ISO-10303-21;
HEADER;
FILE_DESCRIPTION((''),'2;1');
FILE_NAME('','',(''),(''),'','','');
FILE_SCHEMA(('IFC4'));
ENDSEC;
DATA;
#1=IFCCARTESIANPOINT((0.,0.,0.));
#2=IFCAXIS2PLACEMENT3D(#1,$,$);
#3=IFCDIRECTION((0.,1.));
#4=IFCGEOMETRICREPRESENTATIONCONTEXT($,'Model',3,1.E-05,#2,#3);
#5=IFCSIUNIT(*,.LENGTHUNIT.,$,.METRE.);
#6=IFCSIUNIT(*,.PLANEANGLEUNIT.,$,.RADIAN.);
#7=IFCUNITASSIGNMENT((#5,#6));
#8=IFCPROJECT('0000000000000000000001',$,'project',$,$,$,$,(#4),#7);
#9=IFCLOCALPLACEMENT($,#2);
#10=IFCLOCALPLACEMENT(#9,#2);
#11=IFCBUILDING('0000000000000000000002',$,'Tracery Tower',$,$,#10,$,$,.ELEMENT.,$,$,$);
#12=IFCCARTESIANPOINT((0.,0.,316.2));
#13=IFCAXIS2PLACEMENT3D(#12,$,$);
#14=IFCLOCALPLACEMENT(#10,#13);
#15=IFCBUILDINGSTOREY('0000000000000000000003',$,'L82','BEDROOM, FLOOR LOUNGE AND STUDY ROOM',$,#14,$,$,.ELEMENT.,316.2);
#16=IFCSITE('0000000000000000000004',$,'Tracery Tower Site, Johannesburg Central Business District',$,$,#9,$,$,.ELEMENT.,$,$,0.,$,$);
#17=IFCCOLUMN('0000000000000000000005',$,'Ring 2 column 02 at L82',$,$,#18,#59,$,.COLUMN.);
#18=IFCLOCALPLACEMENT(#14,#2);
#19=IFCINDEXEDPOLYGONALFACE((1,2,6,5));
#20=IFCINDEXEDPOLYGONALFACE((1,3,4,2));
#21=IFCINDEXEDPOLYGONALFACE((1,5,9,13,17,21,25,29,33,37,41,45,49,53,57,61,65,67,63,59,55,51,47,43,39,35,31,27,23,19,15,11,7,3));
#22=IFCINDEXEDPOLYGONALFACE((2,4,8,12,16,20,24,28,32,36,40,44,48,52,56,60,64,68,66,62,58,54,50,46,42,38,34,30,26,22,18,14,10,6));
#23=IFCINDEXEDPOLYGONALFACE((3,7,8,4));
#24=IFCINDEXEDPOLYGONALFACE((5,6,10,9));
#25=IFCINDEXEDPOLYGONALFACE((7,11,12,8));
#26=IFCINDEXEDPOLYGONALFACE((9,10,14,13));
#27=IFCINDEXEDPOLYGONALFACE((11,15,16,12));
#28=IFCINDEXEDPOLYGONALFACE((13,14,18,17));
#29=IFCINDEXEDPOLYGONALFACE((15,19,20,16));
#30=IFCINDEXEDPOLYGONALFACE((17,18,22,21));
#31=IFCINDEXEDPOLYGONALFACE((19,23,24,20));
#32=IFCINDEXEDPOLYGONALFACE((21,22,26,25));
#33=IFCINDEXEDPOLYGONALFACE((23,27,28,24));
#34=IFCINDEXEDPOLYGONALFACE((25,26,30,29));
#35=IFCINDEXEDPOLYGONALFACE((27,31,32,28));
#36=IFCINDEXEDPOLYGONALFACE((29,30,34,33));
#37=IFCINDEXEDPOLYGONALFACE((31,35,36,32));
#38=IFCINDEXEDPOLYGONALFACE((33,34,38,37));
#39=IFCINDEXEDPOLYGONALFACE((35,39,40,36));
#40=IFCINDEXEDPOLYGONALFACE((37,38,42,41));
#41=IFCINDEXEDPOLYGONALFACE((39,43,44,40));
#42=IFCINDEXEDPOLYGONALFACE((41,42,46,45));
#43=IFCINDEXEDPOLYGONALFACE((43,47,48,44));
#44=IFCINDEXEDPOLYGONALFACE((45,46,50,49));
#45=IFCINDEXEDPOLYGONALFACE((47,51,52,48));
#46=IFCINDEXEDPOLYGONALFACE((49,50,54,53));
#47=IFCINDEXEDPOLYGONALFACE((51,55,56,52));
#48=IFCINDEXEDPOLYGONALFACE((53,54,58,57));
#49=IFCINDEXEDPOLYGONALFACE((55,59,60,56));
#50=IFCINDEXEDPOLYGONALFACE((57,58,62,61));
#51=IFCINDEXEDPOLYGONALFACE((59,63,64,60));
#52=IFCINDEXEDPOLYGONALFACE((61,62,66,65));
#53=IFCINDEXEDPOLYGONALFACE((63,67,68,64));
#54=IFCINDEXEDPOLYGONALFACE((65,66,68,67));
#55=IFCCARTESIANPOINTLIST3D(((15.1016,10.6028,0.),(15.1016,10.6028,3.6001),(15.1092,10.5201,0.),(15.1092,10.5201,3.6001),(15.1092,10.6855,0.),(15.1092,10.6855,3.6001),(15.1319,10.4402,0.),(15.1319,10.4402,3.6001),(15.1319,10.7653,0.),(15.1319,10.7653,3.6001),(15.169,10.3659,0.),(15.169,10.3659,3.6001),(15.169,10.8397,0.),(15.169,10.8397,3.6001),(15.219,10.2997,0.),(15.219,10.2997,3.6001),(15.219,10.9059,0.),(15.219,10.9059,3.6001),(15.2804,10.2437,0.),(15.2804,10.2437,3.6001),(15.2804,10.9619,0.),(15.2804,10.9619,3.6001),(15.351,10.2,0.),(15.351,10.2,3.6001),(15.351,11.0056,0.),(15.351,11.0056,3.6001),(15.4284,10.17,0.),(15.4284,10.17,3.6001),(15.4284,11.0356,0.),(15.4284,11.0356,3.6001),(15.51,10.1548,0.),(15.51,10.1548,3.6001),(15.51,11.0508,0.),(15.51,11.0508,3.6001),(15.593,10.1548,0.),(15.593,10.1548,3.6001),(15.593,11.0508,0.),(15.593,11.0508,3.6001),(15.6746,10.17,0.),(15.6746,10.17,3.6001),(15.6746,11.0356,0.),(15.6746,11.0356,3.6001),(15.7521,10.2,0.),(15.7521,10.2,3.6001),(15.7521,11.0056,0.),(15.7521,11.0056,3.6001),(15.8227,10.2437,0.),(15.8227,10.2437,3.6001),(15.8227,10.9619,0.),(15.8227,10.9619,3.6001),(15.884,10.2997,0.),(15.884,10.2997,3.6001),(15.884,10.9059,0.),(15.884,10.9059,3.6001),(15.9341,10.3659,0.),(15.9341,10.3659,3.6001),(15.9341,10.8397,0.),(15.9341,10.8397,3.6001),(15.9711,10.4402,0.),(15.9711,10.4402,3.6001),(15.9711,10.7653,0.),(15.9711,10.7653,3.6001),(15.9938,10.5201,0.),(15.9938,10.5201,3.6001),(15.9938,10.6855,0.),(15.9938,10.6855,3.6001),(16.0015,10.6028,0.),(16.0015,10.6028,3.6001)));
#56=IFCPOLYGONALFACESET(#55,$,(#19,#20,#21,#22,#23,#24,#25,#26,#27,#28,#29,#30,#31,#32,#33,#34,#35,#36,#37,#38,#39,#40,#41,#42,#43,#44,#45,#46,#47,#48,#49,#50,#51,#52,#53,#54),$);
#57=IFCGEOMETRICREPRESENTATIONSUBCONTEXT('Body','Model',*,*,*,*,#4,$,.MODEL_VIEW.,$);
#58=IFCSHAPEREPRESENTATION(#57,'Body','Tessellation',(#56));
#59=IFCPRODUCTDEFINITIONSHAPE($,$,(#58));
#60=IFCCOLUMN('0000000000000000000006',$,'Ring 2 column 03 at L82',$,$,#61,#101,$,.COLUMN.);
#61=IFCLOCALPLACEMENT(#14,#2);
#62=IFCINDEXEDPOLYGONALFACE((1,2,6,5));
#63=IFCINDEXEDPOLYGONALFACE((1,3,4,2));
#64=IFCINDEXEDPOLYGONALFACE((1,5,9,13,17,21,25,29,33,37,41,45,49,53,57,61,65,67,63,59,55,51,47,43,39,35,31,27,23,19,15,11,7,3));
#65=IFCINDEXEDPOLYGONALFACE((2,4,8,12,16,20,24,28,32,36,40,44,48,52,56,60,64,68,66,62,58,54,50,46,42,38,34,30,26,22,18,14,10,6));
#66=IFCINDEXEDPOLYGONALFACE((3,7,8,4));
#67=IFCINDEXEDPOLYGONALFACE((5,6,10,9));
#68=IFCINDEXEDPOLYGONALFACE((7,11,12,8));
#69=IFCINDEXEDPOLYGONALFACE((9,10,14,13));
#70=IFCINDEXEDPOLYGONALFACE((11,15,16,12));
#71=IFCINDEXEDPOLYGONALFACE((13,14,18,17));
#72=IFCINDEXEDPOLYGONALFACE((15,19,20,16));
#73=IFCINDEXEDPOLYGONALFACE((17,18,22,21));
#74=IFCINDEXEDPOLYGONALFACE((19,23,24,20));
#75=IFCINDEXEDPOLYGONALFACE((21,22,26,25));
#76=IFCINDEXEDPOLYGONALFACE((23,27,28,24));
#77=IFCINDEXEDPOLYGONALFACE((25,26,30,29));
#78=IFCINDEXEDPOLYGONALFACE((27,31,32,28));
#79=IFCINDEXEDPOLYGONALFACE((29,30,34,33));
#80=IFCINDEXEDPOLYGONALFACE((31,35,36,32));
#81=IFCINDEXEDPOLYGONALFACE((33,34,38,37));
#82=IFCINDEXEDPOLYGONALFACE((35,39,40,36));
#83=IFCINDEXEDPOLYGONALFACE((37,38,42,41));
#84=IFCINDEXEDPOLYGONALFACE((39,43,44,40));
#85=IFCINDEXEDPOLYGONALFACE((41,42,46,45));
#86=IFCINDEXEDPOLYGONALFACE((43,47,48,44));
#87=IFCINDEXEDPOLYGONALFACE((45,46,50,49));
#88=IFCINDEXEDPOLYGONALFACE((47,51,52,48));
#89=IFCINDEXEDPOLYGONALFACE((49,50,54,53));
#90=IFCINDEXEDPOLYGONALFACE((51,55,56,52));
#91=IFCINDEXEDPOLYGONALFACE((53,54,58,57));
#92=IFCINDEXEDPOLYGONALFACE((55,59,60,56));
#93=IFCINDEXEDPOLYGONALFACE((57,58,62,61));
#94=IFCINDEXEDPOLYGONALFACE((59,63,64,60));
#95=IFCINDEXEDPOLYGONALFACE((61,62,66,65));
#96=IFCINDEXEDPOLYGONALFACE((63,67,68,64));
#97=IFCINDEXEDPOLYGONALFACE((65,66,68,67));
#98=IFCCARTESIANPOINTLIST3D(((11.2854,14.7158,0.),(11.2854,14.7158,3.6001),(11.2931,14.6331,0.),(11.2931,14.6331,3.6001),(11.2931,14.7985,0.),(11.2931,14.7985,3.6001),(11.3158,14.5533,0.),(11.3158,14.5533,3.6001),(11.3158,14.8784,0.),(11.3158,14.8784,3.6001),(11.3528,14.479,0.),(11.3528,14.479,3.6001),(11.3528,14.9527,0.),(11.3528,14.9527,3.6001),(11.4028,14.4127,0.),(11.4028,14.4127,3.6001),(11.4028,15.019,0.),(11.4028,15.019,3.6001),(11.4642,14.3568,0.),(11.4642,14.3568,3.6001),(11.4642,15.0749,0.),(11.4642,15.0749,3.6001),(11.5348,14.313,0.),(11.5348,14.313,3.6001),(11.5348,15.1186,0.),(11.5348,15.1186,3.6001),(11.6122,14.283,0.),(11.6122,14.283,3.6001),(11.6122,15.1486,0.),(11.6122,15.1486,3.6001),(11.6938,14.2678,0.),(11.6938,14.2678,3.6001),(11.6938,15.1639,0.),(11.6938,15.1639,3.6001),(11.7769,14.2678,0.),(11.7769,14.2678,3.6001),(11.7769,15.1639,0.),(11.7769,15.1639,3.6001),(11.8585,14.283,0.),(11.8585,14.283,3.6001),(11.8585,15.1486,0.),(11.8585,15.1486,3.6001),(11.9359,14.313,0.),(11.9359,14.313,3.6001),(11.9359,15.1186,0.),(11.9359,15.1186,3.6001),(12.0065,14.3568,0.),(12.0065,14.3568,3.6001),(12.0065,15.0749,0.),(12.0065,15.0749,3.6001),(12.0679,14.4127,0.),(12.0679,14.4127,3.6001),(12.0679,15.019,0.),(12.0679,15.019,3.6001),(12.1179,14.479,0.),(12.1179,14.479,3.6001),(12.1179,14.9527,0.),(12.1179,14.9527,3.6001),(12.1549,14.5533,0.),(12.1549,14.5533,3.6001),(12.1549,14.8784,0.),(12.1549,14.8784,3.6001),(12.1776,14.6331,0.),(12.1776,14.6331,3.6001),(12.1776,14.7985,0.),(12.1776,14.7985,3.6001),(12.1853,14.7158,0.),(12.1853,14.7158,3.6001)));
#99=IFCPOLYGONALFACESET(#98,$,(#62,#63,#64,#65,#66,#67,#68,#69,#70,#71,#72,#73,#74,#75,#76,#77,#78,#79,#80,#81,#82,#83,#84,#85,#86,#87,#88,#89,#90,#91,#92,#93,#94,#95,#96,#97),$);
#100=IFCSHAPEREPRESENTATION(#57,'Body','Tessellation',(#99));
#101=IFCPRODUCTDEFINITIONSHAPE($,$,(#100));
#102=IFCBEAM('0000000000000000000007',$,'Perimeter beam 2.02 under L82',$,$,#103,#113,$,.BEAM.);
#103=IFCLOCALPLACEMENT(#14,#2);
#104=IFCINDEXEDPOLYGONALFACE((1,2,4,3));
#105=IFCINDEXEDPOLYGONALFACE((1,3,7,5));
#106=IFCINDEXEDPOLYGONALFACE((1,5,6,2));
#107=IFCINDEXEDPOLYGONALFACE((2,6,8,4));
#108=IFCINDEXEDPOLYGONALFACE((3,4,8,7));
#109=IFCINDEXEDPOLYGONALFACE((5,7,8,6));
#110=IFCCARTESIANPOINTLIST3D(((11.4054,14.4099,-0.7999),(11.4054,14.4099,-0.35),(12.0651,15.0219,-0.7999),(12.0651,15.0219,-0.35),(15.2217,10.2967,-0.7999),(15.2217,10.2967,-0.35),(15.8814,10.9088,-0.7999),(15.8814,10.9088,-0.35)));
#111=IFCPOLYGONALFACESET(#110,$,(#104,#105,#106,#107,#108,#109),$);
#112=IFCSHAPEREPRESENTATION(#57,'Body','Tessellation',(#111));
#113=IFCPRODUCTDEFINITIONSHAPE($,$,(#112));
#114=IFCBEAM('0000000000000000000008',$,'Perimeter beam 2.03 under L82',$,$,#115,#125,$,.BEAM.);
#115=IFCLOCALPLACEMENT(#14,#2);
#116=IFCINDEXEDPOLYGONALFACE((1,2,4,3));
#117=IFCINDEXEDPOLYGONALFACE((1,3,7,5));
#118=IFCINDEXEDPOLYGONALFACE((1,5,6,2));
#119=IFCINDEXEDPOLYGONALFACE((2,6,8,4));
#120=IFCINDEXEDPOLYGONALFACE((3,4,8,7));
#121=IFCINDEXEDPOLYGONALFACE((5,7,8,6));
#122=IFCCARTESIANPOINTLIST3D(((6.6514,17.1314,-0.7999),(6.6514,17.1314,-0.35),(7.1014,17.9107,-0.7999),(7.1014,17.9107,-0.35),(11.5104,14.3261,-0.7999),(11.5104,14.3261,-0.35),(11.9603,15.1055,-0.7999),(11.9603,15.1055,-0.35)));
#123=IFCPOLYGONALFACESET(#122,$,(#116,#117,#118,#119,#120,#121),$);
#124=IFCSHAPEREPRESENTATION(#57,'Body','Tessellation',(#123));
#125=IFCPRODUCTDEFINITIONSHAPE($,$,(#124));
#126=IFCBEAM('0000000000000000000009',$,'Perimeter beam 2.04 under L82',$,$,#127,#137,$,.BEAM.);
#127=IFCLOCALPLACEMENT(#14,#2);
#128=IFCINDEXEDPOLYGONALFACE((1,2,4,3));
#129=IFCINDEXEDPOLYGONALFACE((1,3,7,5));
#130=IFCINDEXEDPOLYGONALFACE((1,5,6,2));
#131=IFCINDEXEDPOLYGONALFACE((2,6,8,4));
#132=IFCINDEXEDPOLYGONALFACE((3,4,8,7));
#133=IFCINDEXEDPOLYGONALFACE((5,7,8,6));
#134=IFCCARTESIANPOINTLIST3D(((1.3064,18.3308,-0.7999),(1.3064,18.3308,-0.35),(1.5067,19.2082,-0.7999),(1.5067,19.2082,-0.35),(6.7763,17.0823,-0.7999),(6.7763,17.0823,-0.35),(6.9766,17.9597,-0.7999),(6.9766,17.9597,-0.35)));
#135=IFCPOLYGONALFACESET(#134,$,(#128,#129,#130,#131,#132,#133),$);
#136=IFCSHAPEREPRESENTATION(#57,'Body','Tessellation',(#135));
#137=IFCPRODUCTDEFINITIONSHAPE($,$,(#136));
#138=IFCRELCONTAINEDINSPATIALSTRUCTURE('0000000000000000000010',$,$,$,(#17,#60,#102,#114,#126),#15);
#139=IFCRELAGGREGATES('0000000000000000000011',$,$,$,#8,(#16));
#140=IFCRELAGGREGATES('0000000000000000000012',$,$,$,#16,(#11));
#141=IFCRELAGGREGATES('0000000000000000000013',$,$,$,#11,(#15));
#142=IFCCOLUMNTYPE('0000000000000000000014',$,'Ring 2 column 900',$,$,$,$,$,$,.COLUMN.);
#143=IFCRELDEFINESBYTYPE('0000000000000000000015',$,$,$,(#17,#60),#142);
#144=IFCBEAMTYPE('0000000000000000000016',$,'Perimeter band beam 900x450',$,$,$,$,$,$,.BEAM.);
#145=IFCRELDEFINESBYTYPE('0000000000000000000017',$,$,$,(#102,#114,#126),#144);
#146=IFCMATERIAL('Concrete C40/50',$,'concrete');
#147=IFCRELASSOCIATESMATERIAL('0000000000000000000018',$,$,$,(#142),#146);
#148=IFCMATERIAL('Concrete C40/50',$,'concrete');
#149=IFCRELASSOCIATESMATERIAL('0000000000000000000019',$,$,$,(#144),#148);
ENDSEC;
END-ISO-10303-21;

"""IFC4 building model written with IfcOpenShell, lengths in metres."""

from ifc_helpers import new_model, si_unit, direction, frame, origin, origin_2d, place, context, subcontext, project, spatial, rectangle, circle, extrude, material, material_profile, profile_set, type_object, element, save


model = new_model("IFC4")

# Units and contexts
model_context = context("Model", 3, precision=1e-05, world=origin(), true_north=direction((0.0, 1.0)))
body_context = subcontext(model_context, "Body", "Model", "MODEL_VIEW")
ifc_project = project(units=[si_unit("LENGTHUNIT", "METRE"), si_unit("PLANEANGLEUNIT", "RADIAN")], contexts=[model_context])

# Site, building, storey
site_placement = place(None, origin())
site = spatial("IfcSite", under=ifc_project, at=site_placement, Name="Tracery Tower Site, Johannesburg Central Business District", CompositionType="ELEMENT", RefElevation=0.0)
building_placement = place(site_placement, origin())
building = spatial("IfcBuilding", under=site, at=building_placement, Name="Tracery Tower", CompositionType="ELEMENT")
storey_placement = place(building_placement, frame((0.0, 0.0, 316.2)))
storey = spatial("IfcBuildingStorey", under=building, at=storey_placement, Name="L82", Description="BEDROOM, FLOOR LOUNGE AND STUDY ROOM", CompositionType="ELEMENT", Elevation=316.2)

# Columns
ifc_material_1 = material(Name="Concrete C40/50", Category="concrete")
ifc_material_profile_1 = material_profile(ifc_material_1, circle(Radius=0.45, at=origin_2d()), Name="RC D900")
ifc_profile_set_1 = profile_set([ifc_material_profile_1], Name="Concrete C40/50")
column_type = type_object("IfcColumnType", Name="Ring 2 column 900", PredefinedType="COLUMN", material=ifc_profile_set_1)
for number, where, z_axis, x_axis, name in (
    (1, (15.5515, 10.6028, 0.0), (0.0, 0.0, 1.0), (1.0, 0.0, 0.0), "Ring 2 column 02 at L82"),
    (2, (11.7354, 14.7158, 0.0), (0.0, 0.0, 1.0), (1.0, 0.0, 0.0), "Ring 2 column 03 at L82"),
):
    element("IfcColumn", number, at=place(storey_placement, frame(where, z_axis=z_axis, x_axis=x_axis)), inside=storey, type_object=column_type, Name=name, PredefinedType="COLUMN", context=body_context, shape_type="SweptSolid", body=[
        extrude(circle(Radius=0.45, at=origin_2d()), origin(), (0.0, 0.0, 1.0), 3.6001),
    ])

# Beams
ifc_material_2 = material(Name="Concrete C40/50", Category="concrete")
ifc_material_profile_2 = material_profile(ifc_material_2, rectangle(XDim=0.8999, YDim=0.45, at=origin_2d()), Name="RC 900x450")
ifc_profile_set_2 = profile_set([ifc_material_profile_2], Name="Concrete C40/50")
beam_type = type_object("IfcBeamType", Name="Perimeter band beam 900x450", PredefinedType="BEAM", material=ifc_profile_set_2)
beam_placement = place(storey_placement, frame((15.5515, 10.6028, -0.575), z_axis=(-0.680156, 0.733068, 0.0), x_axis=(-0.733068, -0.680156, 0.0)))
element("IfcBeam", 3, at=beam_placement, inside=storey, type_object=beam_type, Name="Perimeter beam 2.02 under L82", PredefinedType="BEAM", context=body_context, shape_type="SweptSolid", body=[
    extrude(rectangle(XDim=0.8999, YDim=0.45, at=origin_2d()), origin(), (0.0, 0.0, 1.0), 5.6108),
])
for number, where, z_axis, x_axis, name in (
    (4, (11.7354, 14.7158, -0.575), (-0.866033, 0.499986, 0.0), (-0.499986, -0.866033, 0.0), "Perimeter beam 2.03 under L82"),
    (5, (6.8765, 17.521, -0.575), (-0.974926, 0.222529, 0.0), (-0.222529, -0.974926, 0.0), "Perimeter beam 2.04 under L82"),
):
    element("IfcBeam", number, at=place(storey_placement, frame(where, z_axis=z_axis, x_axis=x_axis)), inside=storey, type_object=beam_type, Name=name, PredefinedType="BEAM", context=body_context, shape_type="SweptSolid", body=[
        extrude(rectangle(XDim=0.8999, YDim=0.45, at=origin_2d()), origin(), (0.0, 0.0, 1.0), 5.6106),
    ])

save(model, "model.ifc")
